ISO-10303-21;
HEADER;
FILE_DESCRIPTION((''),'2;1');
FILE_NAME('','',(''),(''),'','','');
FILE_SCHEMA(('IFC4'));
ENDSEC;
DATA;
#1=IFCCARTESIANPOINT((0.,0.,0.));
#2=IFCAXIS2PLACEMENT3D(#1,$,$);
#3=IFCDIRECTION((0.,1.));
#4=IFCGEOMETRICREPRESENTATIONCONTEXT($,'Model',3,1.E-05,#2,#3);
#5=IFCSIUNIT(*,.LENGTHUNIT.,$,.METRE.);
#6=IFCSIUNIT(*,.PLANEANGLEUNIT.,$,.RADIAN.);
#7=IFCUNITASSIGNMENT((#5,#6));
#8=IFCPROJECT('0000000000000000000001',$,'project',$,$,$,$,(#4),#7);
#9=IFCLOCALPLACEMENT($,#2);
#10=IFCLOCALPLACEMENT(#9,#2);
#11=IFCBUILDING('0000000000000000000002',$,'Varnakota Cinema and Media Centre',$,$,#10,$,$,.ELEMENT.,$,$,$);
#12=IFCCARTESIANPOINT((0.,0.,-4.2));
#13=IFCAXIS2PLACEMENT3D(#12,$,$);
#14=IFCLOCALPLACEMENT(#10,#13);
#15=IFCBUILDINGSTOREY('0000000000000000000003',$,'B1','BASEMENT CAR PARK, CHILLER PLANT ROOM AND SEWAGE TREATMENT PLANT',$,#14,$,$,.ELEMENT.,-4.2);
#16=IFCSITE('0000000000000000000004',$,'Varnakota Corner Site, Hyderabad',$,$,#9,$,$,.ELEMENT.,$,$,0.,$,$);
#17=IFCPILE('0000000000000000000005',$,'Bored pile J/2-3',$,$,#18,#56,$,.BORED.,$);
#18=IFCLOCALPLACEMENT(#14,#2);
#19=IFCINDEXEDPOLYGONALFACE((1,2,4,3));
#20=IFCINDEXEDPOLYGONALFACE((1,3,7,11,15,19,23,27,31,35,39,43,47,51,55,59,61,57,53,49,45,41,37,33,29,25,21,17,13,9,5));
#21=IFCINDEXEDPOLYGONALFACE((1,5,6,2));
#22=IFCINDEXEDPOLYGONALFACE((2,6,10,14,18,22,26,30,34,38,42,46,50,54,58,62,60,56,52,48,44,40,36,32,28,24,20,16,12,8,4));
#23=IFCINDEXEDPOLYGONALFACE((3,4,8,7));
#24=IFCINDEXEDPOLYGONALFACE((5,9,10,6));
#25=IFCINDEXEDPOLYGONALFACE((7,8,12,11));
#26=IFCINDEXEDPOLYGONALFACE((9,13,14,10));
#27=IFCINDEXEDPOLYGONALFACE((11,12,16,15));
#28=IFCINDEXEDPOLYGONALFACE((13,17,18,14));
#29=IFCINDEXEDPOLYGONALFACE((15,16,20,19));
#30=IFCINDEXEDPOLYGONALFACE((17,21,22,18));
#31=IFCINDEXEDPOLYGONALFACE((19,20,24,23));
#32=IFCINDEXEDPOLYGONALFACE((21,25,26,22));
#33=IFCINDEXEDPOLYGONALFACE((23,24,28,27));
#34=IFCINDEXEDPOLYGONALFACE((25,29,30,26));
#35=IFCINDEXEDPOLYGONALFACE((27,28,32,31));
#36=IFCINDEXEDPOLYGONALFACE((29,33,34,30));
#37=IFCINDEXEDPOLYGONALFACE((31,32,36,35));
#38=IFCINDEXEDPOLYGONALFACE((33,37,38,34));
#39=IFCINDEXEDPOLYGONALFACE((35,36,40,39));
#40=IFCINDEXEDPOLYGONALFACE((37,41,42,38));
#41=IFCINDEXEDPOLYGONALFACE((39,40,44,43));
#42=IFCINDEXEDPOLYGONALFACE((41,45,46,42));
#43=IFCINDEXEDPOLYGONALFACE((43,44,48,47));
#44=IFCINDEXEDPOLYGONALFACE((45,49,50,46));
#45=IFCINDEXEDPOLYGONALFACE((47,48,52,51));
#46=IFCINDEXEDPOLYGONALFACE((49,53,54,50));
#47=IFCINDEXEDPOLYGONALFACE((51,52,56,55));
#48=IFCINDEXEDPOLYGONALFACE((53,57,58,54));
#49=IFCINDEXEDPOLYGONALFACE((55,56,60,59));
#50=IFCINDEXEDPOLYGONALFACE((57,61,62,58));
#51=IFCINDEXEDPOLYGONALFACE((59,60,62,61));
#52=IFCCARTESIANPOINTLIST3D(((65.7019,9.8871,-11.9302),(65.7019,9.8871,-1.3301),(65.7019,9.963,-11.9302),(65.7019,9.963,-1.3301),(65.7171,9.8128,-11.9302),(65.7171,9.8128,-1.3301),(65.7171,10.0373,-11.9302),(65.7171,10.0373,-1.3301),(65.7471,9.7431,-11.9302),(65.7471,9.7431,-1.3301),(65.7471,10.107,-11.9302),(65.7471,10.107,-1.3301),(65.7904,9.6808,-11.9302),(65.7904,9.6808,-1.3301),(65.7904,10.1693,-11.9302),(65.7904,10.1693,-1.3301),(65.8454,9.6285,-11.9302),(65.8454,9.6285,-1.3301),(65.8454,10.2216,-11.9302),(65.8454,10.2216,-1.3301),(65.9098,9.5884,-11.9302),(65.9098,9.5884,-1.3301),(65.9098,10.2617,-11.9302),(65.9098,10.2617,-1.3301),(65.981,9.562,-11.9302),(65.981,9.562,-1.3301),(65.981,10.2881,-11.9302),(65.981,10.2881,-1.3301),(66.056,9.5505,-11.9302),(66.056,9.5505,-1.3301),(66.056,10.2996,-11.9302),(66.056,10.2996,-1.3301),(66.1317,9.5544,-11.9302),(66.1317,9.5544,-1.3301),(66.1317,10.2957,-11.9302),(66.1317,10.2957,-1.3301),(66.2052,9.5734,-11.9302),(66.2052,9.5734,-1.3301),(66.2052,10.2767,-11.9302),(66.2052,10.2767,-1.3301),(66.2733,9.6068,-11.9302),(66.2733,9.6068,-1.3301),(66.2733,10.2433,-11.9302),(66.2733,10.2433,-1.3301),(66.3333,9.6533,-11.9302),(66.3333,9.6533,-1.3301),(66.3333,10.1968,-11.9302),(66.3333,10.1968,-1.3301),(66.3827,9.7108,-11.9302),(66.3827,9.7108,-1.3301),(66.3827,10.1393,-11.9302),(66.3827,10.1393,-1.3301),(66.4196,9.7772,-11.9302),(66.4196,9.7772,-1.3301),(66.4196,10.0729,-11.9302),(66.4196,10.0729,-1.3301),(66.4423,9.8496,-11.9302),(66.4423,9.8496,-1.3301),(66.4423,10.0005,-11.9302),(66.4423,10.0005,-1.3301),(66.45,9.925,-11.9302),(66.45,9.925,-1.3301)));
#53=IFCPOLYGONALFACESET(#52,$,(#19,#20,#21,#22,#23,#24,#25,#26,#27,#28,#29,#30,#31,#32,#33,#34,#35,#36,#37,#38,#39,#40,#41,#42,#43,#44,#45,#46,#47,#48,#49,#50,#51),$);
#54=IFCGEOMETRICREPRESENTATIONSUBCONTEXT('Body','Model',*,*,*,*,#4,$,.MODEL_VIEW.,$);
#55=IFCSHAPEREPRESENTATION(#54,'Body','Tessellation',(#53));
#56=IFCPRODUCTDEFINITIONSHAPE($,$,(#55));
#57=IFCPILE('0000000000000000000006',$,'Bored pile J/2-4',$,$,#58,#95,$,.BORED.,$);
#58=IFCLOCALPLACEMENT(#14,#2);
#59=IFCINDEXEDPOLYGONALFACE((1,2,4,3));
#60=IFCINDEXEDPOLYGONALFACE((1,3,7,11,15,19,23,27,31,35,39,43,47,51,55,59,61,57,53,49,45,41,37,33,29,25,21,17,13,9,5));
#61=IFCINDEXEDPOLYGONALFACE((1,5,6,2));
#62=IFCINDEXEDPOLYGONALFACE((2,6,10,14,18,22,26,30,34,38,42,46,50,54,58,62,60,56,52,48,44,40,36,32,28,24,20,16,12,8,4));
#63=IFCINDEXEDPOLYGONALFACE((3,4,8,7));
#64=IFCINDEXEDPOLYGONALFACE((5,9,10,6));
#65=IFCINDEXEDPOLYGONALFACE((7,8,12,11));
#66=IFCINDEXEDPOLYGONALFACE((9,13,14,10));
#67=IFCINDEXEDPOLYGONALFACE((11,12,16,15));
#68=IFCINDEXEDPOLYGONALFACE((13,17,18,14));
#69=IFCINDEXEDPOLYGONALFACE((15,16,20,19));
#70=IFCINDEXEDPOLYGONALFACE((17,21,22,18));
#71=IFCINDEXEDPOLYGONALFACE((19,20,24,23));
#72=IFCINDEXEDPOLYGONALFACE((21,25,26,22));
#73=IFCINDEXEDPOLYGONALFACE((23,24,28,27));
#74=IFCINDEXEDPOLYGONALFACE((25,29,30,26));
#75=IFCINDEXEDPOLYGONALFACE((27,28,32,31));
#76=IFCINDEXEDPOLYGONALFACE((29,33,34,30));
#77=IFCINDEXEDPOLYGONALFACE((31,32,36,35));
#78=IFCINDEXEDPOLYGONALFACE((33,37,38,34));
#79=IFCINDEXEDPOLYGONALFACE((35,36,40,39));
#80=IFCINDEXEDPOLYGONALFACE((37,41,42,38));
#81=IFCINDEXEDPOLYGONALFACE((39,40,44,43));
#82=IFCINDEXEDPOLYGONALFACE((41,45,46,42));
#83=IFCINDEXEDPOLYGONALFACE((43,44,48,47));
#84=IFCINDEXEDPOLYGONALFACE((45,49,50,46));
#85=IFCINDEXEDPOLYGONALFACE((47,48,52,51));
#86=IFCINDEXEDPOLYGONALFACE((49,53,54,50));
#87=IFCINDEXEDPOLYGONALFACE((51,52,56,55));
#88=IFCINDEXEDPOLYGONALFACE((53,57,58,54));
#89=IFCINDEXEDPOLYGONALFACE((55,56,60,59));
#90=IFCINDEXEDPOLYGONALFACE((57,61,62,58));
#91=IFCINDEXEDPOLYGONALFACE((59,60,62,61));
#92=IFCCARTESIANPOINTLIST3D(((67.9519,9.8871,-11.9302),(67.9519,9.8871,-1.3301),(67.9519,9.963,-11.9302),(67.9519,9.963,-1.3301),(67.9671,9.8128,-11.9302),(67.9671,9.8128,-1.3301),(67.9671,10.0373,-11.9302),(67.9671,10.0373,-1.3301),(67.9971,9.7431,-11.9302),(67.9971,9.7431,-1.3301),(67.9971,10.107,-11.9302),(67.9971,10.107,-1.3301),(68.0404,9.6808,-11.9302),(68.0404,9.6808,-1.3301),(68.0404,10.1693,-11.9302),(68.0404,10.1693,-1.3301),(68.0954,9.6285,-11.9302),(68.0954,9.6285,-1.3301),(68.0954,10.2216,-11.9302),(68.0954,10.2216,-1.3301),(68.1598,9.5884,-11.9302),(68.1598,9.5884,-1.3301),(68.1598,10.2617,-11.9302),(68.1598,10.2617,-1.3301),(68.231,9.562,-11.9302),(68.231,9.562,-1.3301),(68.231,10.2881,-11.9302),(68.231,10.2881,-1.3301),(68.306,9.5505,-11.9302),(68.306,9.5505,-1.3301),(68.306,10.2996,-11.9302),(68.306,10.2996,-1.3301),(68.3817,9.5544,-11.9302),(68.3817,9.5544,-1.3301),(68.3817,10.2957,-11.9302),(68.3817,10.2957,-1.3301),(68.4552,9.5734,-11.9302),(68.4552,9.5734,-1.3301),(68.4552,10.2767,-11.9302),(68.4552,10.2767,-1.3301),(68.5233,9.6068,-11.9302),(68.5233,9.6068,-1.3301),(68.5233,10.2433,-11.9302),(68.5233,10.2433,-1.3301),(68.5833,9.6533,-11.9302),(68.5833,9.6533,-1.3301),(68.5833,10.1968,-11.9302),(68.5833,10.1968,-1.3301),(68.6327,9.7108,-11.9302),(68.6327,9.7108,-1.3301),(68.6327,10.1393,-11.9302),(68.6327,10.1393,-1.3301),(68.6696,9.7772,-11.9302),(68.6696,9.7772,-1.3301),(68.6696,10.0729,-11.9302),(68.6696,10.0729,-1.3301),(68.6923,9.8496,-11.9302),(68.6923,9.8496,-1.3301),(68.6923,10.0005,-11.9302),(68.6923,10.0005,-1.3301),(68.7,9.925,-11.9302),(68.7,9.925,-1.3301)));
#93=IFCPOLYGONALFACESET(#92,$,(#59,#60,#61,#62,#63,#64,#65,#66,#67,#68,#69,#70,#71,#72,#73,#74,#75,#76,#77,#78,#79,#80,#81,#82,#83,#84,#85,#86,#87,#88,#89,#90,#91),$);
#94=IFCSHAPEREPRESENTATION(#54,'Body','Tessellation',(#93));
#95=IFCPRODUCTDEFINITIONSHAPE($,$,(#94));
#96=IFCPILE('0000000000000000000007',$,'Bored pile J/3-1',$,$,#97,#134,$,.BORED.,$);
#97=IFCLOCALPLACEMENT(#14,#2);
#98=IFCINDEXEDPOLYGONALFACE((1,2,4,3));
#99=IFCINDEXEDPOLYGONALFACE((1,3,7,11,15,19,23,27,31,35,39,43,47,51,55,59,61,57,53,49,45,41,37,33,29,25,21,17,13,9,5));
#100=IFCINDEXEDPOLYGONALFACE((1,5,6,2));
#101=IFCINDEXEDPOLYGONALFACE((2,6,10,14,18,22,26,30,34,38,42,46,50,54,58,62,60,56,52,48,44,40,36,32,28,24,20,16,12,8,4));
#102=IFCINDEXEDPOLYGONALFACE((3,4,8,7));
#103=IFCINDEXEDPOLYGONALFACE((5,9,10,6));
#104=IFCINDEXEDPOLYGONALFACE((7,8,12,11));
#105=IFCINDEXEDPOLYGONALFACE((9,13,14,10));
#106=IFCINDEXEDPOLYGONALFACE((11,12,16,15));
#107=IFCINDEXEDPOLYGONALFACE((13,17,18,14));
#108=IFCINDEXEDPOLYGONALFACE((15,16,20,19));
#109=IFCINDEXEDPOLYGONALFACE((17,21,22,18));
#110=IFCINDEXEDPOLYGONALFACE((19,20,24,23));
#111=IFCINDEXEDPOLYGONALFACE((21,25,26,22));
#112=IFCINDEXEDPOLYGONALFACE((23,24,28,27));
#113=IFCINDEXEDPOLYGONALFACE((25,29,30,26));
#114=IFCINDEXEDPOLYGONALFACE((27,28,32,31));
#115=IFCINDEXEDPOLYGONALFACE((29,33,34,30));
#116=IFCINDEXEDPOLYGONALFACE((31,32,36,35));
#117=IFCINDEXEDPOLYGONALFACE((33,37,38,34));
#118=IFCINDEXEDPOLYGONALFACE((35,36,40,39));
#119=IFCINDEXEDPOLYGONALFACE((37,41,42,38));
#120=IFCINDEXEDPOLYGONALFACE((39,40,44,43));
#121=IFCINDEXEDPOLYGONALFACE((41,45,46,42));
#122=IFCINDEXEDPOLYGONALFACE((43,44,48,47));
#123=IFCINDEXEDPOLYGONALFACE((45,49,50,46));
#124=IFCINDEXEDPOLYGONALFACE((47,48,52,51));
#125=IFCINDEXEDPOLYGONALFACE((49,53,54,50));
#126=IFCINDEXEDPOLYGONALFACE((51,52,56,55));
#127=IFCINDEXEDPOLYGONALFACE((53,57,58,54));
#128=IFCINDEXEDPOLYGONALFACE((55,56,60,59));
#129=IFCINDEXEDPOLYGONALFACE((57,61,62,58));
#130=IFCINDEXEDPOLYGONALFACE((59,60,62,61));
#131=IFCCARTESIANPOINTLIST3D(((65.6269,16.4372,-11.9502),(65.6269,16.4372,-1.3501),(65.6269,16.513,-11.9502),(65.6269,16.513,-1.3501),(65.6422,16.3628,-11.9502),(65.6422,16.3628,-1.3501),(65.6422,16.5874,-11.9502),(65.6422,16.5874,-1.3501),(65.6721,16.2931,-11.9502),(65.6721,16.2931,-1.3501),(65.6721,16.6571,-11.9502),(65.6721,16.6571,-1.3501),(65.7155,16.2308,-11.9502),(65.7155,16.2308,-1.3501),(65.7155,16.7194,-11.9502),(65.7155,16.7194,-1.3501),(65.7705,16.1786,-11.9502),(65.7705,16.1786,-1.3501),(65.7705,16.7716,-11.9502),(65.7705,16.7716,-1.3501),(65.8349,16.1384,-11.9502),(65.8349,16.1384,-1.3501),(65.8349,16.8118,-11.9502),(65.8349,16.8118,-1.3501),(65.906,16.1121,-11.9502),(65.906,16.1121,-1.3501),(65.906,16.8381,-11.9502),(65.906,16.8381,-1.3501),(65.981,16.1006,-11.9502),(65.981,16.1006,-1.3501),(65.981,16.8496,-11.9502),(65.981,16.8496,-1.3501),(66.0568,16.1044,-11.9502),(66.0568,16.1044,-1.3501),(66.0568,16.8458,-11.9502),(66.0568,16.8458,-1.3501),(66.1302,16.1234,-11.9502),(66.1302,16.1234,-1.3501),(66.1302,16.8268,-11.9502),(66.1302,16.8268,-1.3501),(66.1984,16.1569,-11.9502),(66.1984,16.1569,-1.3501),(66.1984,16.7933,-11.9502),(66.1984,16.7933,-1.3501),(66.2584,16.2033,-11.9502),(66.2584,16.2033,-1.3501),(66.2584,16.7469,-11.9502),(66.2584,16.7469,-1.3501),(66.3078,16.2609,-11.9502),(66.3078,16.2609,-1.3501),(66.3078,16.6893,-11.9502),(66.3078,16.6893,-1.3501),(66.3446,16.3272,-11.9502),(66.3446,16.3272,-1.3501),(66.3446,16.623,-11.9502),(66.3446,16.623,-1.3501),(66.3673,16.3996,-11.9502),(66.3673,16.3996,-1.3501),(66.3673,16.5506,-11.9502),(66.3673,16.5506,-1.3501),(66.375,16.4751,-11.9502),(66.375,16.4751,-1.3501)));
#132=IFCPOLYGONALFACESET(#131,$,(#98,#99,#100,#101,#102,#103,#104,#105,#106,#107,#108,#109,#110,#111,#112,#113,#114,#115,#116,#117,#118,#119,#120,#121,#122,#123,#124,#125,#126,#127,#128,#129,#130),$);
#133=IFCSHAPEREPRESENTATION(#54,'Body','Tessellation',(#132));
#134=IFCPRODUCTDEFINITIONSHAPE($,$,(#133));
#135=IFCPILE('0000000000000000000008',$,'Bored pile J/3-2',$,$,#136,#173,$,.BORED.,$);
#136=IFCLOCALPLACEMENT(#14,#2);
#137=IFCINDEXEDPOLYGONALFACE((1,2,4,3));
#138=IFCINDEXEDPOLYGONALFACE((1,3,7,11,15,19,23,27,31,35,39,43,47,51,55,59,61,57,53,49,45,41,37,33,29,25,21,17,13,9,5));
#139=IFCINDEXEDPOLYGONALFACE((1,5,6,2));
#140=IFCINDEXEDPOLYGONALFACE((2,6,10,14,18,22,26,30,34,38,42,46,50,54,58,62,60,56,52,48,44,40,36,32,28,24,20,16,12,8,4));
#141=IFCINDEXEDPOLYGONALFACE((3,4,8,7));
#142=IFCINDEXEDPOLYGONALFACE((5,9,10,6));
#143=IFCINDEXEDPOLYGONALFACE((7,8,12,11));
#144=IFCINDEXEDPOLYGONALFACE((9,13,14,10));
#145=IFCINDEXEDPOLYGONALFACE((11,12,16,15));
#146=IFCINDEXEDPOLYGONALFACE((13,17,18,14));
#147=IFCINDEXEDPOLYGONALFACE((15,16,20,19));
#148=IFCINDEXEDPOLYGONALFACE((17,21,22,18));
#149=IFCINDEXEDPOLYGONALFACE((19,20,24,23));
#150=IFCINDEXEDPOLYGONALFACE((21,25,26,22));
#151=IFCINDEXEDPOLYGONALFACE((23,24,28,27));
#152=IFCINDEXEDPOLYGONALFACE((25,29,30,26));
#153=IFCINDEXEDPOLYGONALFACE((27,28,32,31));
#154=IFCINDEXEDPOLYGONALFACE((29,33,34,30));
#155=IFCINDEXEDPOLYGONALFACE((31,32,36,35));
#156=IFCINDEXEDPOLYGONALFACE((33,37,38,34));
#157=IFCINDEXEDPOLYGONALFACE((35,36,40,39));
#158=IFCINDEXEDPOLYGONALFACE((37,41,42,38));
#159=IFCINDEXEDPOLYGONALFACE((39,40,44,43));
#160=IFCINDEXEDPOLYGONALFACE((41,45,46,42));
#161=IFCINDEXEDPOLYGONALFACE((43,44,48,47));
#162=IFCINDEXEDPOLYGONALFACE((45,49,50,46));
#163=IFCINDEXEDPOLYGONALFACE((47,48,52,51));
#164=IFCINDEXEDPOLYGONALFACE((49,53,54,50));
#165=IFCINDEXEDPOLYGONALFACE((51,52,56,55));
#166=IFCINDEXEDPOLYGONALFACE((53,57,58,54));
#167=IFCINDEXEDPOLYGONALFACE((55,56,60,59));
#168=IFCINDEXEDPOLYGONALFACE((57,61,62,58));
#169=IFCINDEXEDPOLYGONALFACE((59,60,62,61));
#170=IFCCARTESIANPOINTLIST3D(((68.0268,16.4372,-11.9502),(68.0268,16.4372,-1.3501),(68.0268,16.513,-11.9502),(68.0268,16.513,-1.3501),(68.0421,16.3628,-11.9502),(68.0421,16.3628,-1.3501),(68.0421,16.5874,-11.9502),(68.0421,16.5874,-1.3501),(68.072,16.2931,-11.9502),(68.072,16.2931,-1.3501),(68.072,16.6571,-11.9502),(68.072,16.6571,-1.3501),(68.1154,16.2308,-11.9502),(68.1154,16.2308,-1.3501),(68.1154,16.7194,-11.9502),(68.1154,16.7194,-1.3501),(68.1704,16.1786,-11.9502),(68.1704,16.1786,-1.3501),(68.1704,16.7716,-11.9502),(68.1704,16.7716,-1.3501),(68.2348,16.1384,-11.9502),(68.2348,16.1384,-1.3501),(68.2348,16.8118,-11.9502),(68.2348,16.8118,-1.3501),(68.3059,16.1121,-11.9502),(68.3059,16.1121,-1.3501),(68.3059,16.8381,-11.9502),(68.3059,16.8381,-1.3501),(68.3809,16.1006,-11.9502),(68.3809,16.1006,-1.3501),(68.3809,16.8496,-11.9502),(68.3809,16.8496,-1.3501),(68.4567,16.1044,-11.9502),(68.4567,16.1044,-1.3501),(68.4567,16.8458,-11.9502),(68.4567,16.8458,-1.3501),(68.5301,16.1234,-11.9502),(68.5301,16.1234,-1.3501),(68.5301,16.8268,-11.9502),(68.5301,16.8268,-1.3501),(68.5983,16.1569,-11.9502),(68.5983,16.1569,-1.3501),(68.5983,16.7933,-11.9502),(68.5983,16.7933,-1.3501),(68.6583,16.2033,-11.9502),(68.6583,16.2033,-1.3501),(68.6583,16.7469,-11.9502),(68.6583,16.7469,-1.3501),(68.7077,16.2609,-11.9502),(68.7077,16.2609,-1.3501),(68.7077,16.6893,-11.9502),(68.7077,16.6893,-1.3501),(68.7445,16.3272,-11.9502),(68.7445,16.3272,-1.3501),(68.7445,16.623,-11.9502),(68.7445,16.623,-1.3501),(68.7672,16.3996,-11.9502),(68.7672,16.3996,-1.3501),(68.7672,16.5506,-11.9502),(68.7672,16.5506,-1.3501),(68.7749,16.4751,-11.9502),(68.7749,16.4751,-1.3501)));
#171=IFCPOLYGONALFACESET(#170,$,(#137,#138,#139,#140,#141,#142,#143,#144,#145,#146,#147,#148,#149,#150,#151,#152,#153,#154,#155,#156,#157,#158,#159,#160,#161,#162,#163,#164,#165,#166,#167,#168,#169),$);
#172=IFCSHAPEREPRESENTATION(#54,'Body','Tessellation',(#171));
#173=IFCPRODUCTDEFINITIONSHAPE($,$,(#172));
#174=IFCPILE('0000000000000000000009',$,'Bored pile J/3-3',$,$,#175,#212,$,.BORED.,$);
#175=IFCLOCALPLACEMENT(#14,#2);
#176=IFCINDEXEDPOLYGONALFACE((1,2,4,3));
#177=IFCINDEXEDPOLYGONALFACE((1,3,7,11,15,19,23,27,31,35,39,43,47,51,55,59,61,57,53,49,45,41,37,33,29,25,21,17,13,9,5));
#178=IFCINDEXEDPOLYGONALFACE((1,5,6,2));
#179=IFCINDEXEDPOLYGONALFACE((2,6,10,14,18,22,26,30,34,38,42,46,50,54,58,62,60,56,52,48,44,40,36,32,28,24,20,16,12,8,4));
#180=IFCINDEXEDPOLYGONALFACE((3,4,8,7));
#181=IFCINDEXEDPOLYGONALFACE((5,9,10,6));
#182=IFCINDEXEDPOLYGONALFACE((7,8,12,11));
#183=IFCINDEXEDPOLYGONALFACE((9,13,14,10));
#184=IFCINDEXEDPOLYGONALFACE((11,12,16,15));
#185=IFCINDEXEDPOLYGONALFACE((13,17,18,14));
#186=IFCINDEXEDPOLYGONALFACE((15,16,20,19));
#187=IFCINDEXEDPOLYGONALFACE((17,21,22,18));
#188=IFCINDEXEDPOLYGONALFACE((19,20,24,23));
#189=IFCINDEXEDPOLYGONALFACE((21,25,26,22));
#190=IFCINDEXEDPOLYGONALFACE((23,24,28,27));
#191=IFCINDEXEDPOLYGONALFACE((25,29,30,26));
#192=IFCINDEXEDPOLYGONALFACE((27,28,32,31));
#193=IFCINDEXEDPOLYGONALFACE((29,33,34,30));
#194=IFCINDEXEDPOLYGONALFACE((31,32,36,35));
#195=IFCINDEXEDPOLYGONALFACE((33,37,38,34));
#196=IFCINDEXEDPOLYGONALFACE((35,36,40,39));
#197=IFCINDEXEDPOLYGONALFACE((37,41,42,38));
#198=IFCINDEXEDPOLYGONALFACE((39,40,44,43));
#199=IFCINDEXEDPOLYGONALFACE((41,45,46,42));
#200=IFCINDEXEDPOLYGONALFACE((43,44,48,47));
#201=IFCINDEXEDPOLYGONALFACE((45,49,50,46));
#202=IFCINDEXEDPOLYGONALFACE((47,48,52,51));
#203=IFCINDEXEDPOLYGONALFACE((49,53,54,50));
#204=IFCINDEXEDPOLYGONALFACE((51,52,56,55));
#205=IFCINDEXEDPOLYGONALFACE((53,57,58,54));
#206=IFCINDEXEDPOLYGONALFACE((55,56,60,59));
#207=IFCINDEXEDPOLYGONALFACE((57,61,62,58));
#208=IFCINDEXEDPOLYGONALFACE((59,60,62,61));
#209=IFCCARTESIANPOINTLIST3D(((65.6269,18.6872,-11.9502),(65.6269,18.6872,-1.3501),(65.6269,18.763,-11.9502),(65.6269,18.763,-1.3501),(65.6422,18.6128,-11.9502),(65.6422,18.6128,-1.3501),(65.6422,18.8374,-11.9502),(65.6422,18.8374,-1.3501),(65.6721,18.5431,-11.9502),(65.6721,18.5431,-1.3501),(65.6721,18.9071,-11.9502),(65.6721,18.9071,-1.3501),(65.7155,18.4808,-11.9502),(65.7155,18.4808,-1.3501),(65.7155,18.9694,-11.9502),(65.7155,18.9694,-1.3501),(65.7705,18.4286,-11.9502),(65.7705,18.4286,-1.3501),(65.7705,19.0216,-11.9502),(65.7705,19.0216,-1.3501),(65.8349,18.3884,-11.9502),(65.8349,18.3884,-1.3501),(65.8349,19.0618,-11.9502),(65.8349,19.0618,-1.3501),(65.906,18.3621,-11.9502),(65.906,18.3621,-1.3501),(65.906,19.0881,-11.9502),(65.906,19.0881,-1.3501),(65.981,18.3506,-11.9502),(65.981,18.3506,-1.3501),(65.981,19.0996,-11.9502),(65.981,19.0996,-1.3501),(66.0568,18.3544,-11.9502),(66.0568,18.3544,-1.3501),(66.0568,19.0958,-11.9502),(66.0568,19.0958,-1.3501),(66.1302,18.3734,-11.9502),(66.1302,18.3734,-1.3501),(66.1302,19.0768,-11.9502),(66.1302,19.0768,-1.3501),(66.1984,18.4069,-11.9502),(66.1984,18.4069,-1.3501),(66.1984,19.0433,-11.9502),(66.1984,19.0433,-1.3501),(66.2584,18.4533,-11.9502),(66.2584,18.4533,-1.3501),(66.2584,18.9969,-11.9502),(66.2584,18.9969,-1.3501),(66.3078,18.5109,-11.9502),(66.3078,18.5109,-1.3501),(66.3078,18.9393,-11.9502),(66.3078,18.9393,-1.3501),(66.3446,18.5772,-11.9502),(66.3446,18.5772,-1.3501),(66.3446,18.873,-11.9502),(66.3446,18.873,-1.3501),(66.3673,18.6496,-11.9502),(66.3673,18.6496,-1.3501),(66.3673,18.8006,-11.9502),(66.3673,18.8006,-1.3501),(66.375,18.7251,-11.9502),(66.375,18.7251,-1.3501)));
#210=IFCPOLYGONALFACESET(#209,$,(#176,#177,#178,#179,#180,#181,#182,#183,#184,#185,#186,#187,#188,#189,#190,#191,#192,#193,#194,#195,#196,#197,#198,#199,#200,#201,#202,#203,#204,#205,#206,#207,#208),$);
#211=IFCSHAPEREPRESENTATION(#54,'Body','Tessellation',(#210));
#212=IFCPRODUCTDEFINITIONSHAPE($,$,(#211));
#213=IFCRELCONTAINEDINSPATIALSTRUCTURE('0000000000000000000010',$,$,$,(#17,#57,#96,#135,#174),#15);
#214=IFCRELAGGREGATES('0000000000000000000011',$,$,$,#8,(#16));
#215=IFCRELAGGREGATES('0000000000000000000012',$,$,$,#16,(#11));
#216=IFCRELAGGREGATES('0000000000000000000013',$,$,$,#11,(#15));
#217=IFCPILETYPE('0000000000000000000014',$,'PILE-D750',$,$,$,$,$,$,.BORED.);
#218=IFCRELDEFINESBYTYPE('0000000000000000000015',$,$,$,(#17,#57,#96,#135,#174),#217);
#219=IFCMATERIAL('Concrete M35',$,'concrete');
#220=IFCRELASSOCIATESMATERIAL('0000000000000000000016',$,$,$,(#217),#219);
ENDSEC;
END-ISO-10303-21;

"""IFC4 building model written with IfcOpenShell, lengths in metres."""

from ifc_helpers import new_model, si_unit, direction, frame, origin, origin_2d, place, context, subcontext, project, spatial, circle, extrude, material, material_profile, profile_set, type_object, element, save


model = new_model("IFC4")

# Units and contexts
model_context = context("Model", 3, precision=1e-05, world=origin(), true_north=direction((0.0, 1.0)))
body_context = subcontext(model_context, "Body", "Model", "MODEL_VIEW")
ifc_project = project(units=[si_unit("LENGTHUNIT", "METRE"), si_unit("PLANEANGLEUNIT", "RADIAN")], contexts=[model_context])

# Site, building, storey
site_placement = place(None, origin())
site = spatial("IfcSite", under=ifc_project, at=site_placement, Name="Varnakota Corner Site, Hyderabad", CompositionType="ELEMENT", RefElevation=0.0)
building_placement = place(site_placement, origin())
building = spatial("IfcBuilding", under=site, at=building_placement, Name="Varnakota Cinema and Media Centre", CompositionType="ELEMENT")
storey_placement = place(building_placement, frame((0.0, 0.0, -4.2)))
storey = spatial("IfcBuildingStorey", under=building, at=storey_placement, Name="B1", Description="BASEMENT CAR PARK, CHILLER PLANT ROOM AND SEWAGE TREATMENT PLANT", CompositionType="ELEMENT", Elevation=-4.2)

# Piles
ifc_material_1 = material(Name="Concrete M35", Category="concrete")
ifc_material_profile_1 = material_profile(ifc_material_1, circle(Radius=0.375, at=origin_2d()), Name="PILE D750")
ifc_profile_set_1 = profile_set([ifc_material_profile_1], Name="Concrete M35")
pile_type_1 = type_object("IfcPileType", Name="PILE-D750", PredefinedType="BORED", material=ifc_profile_set_1)
for number, where, z_axis, x_axis, name in (
    (1, (66.075, 9.925, -1.3301), (0.0, 0.0, -1.0), (1.0, 0.0, 0.0), "Bored pile J/2-3"),
    (2, (68.325, 9.925, -1.3301), (0.0, 0.0, -1.0), (1.0, 0.0, 0.0), "Bored pile J/2-4"),
    (3, (66.0, 16.4751, -1.3501), (0.0, 0.0, -1.0), (1.0, 0.0, 0.0), "Bored pile J/3-1"),
    (4, (68.3999, 16.4751, -1.3501), (0.0, 0.0, -1.0), (1.0, 0.0, 0.0), "Bored pile J/3-2"),
    (5, (66.0, 18.7251, -1.3501), (0.0, 0.0, -1.0), (1.0, 0.0, 0.0), "Bored pile J/3-3"),
):
    element("IfcPile", number, at=place(storey_placement, frame(where, z_axis=z_axis, x_axis=x_axis)), inside=storey, type_object=pile_type_1, Name=name, PredefinedType="BORED", context=body_context, shape_type="SweptSolid", body=[
        extrude(circle(Radius=0.375, at=origin_2d()), origin(), (0.0, 0.0, 1.0), 10.6001),
    ])

save(model, "model.ifc")
